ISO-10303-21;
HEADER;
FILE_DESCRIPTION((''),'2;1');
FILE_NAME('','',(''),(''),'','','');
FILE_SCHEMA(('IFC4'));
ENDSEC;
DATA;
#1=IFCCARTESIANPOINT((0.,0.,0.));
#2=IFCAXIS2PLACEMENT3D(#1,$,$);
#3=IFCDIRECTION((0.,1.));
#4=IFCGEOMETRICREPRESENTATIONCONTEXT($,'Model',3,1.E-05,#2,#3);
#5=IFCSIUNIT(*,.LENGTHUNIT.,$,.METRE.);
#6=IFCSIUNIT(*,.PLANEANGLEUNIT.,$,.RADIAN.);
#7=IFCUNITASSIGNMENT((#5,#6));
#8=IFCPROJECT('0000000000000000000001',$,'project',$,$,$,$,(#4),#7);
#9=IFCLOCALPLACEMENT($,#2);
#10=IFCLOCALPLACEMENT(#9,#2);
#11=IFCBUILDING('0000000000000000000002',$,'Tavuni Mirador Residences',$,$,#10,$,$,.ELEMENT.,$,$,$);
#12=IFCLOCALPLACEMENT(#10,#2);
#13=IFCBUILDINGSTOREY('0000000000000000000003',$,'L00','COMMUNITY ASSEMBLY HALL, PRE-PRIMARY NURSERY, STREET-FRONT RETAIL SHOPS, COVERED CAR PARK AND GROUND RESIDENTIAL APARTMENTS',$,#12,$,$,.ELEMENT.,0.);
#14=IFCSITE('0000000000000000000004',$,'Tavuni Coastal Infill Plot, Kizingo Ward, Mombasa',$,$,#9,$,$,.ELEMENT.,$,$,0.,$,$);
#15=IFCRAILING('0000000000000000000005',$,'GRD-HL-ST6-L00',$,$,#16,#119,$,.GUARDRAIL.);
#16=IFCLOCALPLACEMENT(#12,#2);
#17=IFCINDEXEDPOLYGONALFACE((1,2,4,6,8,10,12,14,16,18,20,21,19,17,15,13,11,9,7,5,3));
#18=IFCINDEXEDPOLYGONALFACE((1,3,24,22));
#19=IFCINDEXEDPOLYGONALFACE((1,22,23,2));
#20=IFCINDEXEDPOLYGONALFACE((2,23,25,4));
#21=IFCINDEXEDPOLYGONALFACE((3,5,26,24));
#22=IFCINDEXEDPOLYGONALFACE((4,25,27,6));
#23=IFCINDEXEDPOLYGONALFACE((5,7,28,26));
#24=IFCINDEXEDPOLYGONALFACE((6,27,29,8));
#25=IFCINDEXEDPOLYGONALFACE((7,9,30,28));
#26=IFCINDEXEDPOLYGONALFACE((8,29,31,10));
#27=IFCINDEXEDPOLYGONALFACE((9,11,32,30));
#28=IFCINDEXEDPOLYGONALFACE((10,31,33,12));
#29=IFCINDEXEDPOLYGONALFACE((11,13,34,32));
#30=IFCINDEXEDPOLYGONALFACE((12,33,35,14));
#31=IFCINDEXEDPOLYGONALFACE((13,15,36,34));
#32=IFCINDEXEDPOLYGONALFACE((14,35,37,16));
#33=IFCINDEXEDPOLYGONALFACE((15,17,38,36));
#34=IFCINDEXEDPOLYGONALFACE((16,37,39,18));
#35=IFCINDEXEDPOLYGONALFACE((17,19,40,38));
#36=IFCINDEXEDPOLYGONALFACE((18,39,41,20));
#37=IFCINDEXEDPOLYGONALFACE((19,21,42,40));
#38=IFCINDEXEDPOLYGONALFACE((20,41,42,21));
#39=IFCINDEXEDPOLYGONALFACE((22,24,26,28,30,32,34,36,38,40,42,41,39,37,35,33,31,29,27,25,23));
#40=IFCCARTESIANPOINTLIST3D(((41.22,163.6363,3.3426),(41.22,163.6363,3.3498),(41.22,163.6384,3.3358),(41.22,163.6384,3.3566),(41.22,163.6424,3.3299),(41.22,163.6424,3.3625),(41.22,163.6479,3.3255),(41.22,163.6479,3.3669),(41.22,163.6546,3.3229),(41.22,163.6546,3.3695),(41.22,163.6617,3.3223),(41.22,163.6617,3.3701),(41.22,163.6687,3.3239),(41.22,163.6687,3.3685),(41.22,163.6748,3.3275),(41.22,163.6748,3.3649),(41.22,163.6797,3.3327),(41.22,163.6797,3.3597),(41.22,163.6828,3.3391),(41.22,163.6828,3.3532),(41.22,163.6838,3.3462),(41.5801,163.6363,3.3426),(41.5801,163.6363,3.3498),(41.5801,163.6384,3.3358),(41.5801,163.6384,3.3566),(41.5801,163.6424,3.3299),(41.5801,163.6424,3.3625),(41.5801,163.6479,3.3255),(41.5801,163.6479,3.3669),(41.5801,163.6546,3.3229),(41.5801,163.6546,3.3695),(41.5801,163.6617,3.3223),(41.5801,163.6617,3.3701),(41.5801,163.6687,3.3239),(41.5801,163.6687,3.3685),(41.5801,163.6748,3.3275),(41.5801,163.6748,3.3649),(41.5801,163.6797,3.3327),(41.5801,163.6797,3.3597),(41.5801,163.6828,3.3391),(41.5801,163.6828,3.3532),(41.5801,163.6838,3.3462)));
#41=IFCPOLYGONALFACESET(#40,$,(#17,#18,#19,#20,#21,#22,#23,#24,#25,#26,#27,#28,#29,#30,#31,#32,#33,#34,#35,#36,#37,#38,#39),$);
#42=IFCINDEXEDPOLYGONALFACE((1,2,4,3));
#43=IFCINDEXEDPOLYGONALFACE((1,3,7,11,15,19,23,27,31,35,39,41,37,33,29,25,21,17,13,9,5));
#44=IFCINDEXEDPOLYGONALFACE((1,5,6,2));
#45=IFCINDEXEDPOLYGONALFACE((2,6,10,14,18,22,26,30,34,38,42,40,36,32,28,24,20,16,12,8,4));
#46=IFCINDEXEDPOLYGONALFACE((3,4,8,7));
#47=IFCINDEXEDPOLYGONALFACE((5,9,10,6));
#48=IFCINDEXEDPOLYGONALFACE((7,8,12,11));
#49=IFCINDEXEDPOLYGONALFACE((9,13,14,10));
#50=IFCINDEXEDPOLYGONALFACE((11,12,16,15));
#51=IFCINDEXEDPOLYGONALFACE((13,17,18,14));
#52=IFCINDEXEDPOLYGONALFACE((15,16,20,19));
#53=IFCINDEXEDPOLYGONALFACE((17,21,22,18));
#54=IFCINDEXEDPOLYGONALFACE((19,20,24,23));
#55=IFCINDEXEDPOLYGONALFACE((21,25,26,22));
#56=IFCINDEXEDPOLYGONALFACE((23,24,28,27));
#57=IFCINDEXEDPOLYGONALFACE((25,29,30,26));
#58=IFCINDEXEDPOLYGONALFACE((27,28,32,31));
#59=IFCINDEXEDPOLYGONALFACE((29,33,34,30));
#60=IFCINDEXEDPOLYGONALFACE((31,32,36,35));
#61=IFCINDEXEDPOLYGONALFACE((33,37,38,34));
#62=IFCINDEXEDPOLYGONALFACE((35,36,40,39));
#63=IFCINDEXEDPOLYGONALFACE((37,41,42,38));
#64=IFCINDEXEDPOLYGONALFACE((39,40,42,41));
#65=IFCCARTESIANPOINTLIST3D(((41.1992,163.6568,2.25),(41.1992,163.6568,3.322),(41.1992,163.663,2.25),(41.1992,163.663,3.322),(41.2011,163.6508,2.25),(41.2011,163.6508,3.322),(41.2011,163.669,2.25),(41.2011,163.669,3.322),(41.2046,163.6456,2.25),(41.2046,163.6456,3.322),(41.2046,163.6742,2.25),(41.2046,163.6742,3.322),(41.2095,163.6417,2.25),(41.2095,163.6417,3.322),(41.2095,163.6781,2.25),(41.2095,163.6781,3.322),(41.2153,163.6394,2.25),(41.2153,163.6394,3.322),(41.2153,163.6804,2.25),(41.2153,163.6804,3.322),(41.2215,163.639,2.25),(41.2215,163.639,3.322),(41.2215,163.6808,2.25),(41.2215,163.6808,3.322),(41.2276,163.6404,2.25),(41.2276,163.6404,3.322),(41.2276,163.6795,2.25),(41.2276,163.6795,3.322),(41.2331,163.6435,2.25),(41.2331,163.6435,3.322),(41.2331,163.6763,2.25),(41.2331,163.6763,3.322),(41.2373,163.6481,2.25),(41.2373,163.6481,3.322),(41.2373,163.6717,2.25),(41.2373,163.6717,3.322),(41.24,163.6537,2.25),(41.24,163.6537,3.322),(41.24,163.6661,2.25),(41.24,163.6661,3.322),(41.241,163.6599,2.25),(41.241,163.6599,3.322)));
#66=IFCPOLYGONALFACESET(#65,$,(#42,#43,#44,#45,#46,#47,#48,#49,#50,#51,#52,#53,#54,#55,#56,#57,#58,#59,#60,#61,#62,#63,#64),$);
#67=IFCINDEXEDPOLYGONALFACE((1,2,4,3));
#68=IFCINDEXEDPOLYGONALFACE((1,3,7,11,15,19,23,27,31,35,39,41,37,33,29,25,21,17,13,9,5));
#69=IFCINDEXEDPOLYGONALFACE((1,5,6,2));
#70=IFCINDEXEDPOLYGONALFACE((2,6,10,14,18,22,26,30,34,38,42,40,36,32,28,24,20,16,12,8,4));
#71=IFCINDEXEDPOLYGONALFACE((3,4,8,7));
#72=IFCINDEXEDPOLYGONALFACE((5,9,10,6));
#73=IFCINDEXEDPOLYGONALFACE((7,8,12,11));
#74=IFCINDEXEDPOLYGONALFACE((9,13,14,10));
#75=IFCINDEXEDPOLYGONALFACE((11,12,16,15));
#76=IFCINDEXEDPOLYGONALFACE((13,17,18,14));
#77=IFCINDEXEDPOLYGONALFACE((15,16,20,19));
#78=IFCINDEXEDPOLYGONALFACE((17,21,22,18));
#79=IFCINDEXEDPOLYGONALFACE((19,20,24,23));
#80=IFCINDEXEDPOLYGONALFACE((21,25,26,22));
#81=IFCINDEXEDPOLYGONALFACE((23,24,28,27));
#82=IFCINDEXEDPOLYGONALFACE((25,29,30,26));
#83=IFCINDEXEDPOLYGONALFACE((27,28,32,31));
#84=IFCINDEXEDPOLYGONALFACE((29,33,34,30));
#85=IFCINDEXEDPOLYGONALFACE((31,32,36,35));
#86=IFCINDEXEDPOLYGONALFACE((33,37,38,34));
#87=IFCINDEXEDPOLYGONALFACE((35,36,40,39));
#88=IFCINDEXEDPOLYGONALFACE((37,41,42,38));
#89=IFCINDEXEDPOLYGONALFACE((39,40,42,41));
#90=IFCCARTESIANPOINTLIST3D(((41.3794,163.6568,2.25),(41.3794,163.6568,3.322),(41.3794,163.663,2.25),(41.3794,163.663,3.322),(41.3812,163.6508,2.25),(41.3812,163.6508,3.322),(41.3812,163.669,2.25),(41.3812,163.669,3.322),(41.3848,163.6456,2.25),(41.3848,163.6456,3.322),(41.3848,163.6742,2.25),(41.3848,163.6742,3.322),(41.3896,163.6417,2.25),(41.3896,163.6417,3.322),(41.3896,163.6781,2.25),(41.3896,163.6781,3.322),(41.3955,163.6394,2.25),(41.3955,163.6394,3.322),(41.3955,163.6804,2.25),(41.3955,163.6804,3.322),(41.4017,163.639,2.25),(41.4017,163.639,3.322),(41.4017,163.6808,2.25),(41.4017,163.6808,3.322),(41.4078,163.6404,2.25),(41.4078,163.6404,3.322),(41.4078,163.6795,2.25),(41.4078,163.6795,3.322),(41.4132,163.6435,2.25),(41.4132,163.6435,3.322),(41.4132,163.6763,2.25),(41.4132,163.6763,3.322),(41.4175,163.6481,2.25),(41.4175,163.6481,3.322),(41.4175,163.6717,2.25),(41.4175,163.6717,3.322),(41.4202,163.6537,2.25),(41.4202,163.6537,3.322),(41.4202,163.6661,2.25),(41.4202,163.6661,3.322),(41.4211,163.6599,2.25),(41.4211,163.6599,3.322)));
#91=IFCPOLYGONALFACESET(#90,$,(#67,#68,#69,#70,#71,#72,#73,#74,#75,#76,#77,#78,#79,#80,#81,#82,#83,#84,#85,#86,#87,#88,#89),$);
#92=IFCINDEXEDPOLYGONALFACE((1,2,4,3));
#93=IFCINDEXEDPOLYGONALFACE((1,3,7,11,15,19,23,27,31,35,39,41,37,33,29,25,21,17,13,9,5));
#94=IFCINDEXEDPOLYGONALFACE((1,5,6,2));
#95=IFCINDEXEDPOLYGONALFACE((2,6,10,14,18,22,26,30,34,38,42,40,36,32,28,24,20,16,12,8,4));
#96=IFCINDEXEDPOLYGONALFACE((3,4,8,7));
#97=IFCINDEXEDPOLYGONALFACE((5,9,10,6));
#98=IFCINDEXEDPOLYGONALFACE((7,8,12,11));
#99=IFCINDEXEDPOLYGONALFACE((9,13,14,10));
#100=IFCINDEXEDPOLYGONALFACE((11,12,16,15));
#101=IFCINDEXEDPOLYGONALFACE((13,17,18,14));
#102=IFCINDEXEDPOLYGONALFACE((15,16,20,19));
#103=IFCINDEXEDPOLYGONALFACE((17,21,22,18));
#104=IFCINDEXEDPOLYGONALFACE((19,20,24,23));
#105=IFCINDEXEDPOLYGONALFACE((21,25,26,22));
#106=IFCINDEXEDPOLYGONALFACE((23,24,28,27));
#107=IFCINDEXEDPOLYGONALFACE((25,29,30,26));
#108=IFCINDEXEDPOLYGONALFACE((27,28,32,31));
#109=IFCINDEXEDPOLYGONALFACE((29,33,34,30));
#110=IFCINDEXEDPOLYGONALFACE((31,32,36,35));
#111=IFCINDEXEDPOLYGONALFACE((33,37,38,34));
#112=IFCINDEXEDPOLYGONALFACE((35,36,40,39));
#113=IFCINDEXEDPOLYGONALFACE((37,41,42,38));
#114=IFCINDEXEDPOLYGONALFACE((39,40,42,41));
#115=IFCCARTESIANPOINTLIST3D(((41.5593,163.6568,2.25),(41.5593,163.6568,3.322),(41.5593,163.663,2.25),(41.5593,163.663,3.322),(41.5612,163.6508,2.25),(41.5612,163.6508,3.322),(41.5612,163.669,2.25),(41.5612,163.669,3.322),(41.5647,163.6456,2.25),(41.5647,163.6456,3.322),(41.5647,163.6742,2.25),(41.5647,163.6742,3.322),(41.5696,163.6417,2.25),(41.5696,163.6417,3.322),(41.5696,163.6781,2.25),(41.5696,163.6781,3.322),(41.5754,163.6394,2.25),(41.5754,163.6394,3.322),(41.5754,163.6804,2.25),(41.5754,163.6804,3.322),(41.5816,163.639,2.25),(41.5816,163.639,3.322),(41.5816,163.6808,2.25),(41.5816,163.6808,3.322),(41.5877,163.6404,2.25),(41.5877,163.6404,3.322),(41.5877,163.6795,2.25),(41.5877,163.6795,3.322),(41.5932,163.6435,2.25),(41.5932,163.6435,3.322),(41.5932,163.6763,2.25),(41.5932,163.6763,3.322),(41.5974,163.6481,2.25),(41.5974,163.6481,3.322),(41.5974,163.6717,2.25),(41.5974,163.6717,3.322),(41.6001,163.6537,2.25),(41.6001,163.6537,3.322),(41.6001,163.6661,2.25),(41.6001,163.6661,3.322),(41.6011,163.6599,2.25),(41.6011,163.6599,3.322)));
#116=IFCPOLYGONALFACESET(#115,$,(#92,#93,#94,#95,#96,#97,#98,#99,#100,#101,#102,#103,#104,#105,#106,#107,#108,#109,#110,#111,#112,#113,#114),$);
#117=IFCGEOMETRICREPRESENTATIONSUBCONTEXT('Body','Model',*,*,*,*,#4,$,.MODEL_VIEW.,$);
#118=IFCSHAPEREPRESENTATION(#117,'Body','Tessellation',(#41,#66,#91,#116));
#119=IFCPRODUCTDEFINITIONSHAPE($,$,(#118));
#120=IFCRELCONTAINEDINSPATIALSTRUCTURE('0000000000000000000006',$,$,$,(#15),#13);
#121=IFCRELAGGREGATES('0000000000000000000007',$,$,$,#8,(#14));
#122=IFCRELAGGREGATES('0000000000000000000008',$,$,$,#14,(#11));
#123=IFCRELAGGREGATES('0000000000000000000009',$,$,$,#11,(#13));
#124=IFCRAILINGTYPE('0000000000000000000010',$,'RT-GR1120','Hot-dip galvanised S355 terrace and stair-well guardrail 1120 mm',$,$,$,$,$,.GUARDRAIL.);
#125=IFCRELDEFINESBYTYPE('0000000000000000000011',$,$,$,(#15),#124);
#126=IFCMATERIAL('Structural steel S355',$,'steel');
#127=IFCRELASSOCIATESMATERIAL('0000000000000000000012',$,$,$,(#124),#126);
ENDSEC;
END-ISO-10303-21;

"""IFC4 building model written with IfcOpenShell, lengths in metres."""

from ifc_helpers import new_model, si_unit, direction, frame, origin, origin_2d, place, context, subcontext, project, spatial, circle, extrude, material, type_object, element, save


model = new_model("IFC4")

# Units and contexts
model_context = context("Model", 3, precision=1e-05, world=origin(), true_north=direction((0.0, 1.0)))
body_context = subcontext(model_context, "Body", "Model", "MODEL_VIEW")
ifc_project = project(units=[si_unit("LENGTHUNIT", "METRE"), si_unit("PLANEANGLEUNIT", "RADIAN")], contexts=[model_context])

# Site, building, storey
site_placement = place(None, origin())
site = spatial("IfcSite", under=ifc_project, at=site_placement, Name="Tavuni Coastal Infill Plot, Kizingo Ward, Mombasa", CompositionType="ELEMENT", RefElevation=0.0)
building_placement = place(site_placement, origin())
building = spatial("IfcBuilding", under=site, at=building_placement, Name="Tavuni Mirador Residences", CompositionType="ELEMENT")
storey_placement = place(building_placement, origin())
storey = spatial("IfcBuildingStorey", under=building, at=storey_placement, Name="L00", Description="COMMUNITY ASSEMBLY HALL, PRE-PRIMARY NURSERY, STREET-FRONT RETAIL SHOPS, COVERED CAR PARK AND GROUND RESIDENTIAL APARTMENTS", CompositionType="ELEMENT", Elevation=0.0)

# Shared definitions
ifc_material_1 = material(Name="Structural steel S355", Category="steel")

# Railing
railing_type_1 = type_object("IfcRailingType", Name="RT-GR1120", Description="Hot-dip galvanised S355 terrace and stair-well guardrail 1120 mm", PredefinedType="GUARDRAIL", material=ifc_material_1)
railing_1_placement = place(storey_placement, frame((41.22, 163.6599, 2.25)))
element("IfcRailing", 1, at=railing_1_placement, inside=storey, type_object=railing_type_1, Name="GRD-HL-ST6-L00", PredefinedType="GUARDRAIL", context=body_context, shape_type="SweptSolid", body=[
    extrude(circle(Radius=0.0239, at=origin_2d()), frame((0.0, 0.0, 1.0962), z_axis=(1.0, 0.0, 0.0), x_axis=(0.0, 1.0, 0.0)), (0.0, 0.0, 1.0), 0.3601),
    extrude(circle(Radius=0.021, at=origin_2d()), origin(), (0.0, 0.0, 1.0), 1.072),
    extrude(circle(Radius=0.021, at=origin_2d()), frame((0.1802, 0.0, 0.0)), (0.0, 0.0, 1.0), 1.072),
    extrude(circle(Radius=0.021, at=origin_2d()), frame((0.3601, 0.0, 0.0)), (0.0, 0.0, 1.0), 1.072),
])

save(model, "model.ifc")
